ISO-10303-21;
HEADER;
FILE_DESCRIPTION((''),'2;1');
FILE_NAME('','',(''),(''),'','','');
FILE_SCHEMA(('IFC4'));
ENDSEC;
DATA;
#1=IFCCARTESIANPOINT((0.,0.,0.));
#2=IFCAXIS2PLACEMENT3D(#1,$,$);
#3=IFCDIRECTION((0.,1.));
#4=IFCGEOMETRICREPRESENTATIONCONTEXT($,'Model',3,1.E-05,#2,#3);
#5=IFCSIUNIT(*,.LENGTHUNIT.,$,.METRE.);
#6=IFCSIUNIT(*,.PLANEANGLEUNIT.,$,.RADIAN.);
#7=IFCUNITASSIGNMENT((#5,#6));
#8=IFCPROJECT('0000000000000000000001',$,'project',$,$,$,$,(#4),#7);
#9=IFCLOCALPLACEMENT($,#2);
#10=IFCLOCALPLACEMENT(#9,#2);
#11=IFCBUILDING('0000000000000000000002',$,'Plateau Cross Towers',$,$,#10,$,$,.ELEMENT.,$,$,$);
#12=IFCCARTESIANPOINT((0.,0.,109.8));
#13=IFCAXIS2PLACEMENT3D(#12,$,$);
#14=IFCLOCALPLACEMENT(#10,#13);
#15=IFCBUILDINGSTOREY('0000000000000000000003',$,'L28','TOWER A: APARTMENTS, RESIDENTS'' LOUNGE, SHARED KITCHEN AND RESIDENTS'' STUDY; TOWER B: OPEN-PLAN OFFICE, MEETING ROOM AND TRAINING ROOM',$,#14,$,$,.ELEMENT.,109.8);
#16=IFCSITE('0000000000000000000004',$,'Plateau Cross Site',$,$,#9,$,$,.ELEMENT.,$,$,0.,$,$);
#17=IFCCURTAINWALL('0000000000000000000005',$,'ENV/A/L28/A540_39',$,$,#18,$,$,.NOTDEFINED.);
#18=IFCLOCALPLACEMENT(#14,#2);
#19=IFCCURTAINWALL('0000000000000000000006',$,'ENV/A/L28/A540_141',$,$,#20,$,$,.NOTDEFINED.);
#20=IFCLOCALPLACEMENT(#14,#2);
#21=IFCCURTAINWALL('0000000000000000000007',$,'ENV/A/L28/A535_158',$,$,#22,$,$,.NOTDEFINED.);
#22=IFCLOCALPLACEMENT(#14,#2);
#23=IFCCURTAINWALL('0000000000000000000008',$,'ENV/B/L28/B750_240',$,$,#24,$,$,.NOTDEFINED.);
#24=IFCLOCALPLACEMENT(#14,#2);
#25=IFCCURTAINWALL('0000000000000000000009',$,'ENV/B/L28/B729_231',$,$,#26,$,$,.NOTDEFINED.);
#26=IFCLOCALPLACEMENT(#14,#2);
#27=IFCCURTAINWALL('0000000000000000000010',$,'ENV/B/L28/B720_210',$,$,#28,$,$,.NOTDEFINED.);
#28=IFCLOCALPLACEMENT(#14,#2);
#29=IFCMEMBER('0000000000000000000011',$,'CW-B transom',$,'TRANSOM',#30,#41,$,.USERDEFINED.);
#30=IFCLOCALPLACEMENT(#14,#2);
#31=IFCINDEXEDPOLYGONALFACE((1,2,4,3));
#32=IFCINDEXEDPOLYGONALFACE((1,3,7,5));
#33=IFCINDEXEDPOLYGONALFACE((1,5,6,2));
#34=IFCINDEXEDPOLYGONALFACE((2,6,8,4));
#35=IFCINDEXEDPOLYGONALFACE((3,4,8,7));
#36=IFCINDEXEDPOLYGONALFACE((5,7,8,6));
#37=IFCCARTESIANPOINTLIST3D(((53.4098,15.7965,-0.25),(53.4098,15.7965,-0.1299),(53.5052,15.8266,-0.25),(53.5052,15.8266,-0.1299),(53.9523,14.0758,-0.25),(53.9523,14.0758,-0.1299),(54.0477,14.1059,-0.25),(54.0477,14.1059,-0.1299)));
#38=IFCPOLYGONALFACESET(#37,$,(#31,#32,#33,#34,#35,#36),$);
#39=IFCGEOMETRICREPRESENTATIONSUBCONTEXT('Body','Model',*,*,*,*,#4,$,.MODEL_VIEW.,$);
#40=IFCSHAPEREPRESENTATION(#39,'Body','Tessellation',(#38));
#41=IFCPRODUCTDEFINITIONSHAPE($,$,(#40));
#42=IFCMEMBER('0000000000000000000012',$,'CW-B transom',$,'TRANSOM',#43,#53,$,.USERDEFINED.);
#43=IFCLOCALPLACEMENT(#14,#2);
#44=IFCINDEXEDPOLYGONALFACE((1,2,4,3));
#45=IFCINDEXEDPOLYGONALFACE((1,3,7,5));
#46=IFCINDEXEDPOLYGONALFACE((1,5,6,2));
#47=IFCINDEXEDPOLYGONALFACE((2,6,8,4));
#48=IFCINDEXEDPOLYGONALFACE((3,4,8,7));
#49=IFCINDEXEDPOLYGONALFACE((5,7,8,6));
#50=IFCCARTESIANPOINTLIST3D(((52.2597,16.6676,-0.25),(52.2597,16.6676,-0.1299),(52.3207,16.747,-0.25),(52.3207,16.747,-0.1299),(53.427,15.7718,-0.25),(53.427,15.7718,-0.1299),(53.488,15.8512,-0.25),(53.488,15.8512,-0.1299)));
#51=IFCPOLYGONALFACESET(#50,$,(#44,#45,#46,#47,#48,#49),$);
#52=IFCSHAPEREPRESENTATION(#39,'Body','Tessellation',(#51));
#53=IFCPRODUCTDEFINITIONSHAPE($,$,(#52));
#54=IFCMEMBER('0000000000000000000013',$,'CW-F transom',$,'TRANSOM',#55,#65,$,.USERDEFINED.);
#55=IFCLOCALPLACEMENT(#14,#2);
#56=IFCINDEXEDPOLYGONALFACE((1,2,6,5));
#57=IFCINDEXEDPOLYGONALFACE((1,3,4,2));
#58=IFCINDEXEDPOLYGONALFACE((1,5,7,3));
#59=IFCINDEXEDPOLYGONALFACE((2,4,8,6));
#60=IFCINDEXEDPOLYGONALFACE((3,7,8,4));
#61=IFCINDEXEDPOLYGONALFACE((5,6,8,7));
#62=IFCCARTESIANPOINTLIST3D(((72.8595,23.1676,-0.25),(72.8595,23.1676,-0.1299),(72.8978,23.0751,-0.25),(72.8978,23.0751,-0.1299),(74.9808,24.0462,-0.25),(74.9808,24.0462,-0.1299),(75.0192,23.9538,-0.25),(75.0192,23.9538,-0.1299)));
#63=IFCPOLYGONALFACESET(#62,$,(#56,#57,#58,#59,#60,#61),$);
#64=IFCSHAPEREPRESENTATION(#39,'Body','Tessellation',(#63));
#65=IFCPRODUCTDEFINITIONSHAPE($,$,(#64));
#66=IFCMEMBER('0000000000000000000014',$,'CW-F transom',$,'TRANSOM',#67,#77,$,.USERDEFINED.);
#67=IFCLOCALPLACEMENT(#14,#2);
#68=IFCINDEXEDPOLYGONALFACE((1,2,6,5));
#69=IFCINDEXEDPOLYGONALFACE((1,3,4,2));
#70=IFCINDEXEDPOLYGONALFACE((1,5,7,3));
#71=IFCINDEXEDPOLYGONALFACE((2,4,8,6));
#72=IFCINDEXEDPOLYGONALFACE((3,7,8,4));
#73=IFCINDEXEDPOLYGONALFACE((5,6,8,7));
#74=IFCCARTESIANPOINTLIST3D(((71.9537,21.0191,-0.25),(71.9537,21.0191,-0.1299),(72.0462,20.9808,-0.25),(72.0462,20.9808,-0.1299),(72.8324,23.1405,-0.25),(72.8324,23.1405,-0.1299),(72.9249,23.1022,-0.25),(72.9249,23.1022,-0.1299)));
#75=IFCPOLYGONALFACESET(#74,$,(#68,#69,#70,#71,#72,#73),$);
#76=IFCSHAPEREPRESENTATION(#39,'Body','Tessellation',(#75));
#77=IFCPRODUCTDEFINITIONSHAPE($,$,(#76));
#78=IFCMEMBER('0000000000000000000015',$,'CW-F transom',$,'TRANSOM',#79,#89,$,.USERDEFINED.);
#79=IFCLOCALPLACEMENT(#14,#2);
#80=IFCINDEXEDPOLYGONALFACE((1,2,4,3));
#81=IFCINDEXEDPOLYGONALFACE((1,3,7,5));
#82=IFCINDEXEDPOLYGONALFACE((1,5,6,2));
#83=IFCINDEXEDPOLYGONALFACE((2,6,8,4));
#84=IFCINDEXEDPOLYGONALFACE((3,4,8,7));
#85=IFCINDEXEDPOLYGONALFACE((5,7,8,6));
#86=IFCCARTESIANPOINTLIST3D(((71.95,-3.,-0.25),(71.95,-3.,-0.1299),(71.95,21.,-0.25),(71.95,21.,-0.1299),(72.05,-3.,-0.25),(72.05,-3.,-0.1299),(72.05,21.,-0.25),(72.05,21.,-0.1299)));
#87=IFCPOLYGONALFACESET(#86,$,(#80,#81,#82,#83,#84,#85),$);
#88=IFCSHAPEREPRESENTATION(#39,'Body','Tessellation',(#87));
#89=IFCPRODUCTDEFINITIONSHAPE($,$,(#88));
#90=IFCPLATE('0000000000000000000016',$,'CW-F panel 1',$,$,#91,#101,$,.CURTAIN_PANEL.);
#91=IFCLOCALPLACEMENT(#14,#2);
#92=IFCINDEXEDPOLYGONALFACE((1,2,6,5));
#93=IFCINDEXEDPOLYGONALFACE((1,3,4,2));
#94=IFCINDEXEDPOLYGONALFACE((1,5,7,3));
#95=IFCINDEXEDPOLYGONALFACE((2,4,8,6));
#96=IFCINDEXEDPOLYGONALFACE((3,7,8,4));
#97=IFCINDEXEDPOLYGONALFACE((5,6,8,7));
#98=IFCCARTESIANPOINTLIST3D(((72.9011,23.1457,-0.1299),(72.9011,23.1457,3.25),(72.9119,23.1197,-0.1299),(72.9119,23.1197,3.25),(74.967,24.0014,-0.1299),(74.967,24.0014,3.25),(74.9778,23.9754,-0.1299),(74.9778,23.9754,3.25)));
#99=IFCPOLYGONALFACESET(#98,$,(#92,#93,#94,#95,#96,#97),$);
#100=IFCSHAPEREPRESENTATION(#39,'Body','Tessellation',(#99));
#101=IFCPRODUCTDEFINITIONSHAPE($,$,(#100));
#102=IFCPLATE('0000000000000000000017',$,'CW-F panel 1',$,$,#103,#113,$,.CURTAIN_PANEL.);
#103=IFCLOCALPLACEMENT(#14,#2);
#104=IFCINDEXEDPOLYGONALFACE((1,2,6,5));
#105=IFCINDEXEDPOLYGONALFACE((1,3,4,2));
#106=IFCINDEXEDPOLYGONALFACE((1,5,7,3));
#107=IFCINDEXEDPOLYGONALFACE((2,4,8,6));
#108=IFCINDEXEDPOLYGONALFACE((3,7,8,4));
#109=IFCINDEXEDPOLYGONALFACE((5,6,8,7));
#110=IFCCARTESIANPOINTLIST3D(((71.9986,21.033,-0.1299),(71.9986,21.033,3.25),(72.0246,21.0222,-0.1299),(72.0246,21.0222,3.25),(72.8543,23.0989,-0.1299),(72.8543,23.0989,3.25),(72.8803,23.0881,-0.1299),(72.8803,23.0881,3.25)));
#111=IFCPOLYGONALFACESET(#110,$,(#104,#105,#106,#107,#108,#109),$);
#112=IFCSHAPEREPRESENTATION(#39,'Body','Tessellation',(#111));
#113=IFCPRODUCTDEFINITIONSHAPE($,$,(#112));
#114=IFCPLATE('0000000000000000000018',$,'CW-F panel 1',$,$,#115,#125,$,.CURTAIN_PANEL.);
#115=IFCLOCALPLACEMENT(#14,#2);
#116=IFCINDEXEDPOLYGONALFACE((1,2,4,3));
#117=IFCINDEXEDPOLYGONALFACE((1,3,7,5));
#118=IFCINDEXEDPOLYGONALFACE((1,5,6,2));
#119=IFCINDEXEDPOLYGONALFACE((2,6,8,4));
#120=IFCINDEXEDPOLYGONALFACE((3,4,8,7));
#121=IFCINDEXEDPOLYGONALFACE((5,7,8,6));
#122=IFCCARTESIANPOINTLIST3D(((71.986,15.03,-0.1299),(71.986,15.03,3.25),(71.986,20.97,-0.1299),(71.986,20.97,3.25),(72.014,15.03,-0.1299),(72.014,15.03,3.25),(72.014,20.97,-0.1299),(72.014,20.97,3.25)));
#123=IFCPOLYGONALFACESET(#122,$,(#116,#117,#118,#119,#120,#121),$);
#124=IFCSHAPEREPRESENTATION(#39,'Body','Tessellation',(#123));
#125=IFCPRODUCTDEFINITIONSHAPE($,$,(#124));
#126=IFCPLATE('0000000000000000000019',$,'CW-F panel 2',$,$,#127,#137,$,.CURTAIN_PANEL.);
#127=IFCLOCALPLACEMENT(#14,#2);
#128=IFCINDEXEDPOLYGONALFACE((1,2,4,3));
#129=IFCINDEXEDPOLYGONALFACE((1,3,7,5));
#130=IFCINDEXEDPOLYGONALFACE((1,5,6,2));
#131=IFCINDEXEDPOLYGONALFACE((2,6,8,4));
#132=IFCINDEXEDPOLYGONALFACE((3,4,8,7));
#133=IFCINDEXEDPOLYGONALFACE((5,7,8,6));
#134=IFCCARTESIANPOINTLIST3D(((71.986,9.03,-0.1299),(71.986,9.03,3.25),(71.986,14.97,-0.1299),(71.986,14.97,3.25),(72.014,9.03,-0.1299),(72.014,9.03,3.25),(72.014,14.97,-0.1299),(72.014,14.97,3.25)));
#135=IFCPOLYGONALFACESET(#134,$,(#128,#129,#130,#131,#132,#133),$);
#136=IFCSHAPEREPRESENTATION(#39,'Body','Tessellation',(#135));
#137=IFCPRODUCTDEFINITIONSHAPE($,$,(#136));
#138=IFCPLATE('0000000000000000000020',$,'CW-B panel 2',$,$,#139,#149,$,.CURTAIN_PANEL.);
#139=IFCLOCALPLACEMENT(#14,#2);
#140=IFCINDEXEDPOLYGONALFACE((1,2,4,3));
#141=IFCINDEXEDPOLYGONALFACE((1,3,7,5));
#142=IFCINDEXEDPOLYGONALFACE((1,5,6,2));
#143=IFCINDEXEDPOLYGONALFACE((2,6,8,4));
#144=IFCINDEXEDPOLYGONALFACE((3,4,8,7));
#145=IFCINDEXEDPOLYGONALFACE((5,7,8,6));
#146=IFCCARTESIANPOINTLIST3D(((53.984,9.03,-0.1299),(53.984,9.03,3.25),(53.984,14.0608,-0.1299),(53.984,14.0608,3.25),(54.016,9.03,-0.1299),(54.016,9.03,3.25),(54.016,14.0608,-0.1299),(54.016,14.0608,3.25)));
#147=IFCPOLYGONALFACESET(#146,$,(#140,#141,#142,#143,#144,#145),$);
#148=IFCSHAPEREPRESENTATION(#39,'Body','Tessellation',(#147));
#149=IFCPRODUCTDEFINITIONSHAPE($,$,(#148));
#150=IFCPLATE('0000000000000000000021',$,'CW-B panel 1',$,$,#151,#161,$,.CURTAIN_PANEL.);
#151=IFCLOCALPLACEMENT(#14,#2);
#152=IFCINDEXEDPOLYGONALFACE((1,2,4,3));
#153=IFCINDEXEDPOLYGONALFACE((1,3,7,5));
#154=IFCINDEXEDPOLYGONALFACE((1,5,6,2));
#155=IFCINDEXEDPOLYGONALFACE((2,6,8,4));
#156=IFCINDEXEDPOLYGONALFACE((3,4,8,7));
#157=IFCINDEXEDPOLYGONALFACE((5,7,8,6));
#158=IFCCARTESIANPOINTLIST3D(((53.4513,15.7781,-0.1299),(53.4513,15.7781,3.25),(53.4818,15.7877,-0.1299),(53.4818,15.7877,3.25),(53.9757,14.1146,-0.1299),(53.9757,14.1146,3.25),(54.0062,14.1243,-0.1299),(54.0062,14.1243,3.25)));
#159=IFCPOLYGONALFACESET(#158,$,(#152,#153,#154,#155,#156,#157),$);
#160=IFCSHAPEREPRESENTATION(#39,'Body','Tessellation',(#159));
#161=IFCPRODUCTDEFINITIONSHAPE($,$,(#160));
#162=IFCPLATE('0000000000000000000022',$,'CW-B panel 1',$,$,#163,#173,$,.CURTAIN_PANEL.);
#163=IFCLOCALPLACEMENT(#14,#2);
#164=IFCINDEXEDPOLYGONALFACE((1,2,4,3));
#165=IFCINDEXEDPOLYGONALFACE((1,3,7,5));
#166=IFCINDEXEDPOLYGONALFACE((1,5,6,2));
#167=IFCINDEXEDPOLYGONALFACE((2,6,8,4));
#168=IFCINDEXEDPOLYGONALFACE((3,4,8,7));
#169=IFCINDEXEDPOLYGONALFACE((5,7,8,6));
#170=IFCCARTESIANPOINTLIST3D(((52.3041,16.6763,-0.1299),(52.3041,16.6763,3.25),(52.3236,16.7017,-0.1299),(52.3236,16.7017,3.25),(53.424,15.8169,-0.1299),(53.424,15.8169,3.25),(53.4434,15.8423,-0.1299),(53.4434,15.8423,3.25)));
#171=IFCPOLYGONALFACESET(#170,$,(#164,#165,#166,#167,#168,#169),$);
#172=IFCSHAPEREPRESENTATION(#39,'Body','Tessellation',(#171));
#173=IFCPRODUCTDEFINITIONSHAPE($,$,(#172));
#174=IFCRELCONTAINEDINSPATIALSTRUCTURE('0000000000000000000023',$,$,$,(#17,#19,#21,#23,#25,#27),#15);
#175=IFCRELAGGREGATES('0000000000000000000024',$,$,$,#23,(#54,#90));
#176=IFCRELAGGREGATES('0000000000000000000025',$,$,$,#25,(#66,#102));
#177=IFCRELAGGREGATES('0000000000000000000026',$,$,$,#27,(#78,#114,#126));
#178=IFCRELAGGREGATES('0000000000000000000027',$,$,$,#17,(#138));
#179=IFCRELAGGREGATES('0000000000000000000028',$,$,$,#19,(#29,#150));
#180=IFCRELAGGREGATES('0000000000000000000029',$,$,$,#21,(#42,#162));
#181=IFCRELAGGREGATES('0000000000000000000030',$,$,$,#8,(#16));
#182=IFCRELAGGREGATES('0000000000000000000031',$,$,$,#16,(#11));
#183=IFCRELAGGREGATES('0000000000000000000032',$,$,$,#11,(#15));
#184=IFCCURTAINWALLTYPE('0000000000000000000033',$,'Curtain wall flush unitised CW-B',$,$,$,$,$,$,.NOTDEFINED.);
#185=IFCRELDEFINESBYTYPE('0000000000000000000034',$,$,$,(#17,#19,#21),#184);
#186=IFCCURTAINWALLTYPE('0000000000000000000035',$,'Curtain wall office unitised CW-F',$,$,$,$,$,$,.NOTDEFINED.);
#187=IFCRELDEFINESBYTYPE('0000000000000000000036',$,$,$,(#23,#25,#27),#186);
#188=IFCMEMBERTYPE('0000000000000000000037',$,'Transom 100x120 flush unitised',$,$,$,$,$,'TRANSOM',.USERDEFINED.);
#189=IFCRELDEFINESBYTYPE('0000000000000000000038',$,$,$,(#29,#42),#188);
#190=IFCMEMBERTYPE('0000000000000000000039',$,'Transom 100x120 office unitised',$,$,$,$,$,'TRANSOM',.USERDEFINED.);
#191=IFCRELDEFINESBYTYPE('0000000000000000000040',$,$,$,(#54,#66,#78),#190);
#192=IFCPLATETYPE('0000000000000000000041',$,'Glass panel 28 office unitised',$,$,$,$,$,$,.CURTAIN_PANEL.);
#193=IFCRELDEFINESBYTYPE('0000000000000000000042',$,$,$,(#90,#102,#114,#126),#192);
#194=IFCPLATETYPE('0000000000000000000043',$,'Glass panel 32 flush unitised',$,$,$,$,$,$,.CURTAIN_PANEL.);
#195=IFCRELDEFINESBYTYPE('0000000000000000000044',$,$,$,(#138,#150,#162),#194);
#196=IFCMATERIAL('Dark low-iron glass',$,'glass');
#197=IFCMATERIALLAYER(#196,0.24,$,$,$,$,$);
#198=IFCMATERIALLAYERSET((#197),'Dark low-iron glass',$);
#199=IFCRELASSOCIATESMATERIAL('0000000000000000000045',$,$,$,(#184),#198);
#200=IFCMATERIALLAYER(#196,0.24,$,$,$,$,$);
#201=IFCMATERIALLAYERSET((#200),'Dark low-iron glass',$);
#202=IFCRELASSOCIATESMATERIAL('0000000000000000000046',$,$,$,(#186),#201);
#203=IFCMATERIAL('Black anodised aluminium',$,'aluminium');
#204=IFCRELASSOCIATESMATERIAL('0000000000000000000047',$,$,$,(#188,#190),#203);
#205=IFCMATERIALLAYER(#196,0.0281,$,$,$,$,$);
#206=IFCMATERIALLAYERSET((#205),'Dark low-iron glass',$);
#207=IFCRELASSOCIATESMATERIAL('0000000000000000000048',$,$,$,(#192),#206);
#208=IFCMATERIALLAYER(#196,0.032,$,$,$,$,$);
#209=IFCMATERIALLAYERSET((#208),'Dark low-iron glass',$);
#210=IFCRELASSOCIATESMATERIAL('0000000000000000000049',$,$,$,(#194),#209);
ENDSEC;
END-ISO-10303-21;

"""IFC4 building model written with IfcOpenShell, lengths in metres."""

from ifc_helpers import new_model, si_unit, direction, frame, origin, origin_2d, place, context, subcontext, project, spatial, rectangle, extrude, material, layer, layer_set, material_profile, profile_set, type_object, element, aggregate, save


model = new_model("IFC4")

# Units and contexts
model_context = context("Model", 3, precision=1e-05, world=origin(), true_north=direction((0.0, 1.0)))
body_context = subcontext(model_context, "Body", "Model", "MODEL_VIEW")
ifc_project = project(units=[si_unit("LENGTHUNIT", "METRE"), si_unit("PLANEANGLEUNIT", "RADIAN")], contexts=[model_context])

# Site, building, storey
site_placement = place(None, origin())
site = spatial("IfcSite", under=ifc_project, at=site_placement, Name="Plateau Cross Site", CompositionType="ELEMENT", RefElevation=0.0)
building_placement = place(site_placement, origin())
building = spatial("IfcBuilding", under=site, at=building_placement, Name="Plateau Cross Towers", CompositionType="ELEMENT")
storey_placement = place(building_placement, frame((0.0, 0.0, 109.8)))
storey = spatial("IfcBuildingStorey", under=building, at=storey_placement, Name="L28", Description="TOWER A: APARTMENTS, RESIDENTS' LOUNGE, SHARED KITCHEN AND RESIDENTS' STUDY; TOWER B: OPEN-PLAN OFFICE, MEETING ROOM AND TRAINING ROOM", CompositionType="ELEMENT", Elevation=109.8)

# Curtain walls
ifc_material_1 = material(Name="Dark low-iron glass", Category="glass")
ifc_layer_1 = layer(ifc_material_1, 0.24)
ifc_layer_set_1 = layer_set([ifc_layer_1], Name="Dark low-iron glass")
curtain_wall_type_1 = type_object("IfcCurtainWallType", Name="Curtain wall flush unitised CW-B", PredefinedType="NOTDEFINED", material=ifc_layer_set_1)
curtain_wall_1_placement = place(storey_placement, origin())
curtain_wall_1 = element("IfcCurtainWall", 1, at=curtain_wall_1_placement, inside=storey, type_object=curtain_wall_type_1, Name="ENV/A/L28/A540_39", PredefinedType="NOTDEFINED")
ifc_material_2 = material(Name="Black anodised aluminium", Category="aluminium")
curtain_wall_2_placement = place(storey_placement, origin())
curtain_wall_2 = element("IfcCurtainWall", 2, at=curtain_wall_2_placement, inside=storey, type_object=curtain_wall_type_1, Name="ENV/A/L28/A540_141", PredefinedType="NOTDEFINED")

# Curtain wall
curtain_wall_3_placement = place(storey_placement, origin())
curtain_wall_3 = element("IfcCurtainWall", 3, at=curtain_wall_3_placement, inside=storey, type_object=curtain_wall_type_1, Name="ENV/A/L28/A535_158", PredefinedType="NOTDEFINED")

# Curtain walls
ifc_layer_2 = layer(ifc_material_1, 0.24)
ifc_layer_set_2 = layer_set([ifc_layer_2], Name="Dark low-iron glass")
curtain_wall_type_2 = type_object("IfcCurtainWallType", Name="Curtain wall office unitised CW-F", PredefinedType="NOTDEFINED", material=ifc_layer_set_2)
curtain_wall_4_placement = place(storey_placement, origin())
curtain_wall_4 = element("IfcCurtainWall", 4, at=curtain_wall_4_placement, inside=storey, type_object=curtain_wall_type_2, Name="ENV/B/L28/B750_240", PredefinedType="NOTDEFINED")
curtain_wall_5_placement = place(storey_placement, origin())
curtain_wall_5 = element("IfcCurtainWall", 5, at=curtain_wall_5_placement, inside=storey, type_object=curtain_wall_type_2, Name="ENV/B/L28/B729_231", PredefinedType="NOTDEFINED")

# Curtain wall
curtain_wall_6_placement = place(storey_placement, origin())
curtain_wall_6 = element("IfcCurtainWall", 6, at=curtain_wall_6_placement, inside=storey, type_object=curtain_wall_type_2, Name="ENV/B/L28/B720_210", PredefinedType="NOTDEFINED")

# Members
ifc_material_profile_1 = material_profile(ifc_material_2, rectangle(XDim=0.1001, YDim=0.1201, at=origin_2d()), Name="TRANSOM 100x120")
ifc_profile_set_1 = profile_set([ifc_material_profile_1], Name="Black anodised aluminium")
member_type_1 = type_object("IfcMemberType", Name="Transom 100x120 flush unitised", ElementType="TRANSOM", PredefinedType="USERDEFINED", material=ifc_profile_set_1)
member_1_placement = place(storey_placement, frame((54.0, 14.0908, -0.1899), z_axis=(-0.300678, 0.953726, 0.0), x_axis=(-0.953726, -0.300678, 0.0)))
member_1 = element("IfcMember", 7, at=member_1_placement, type_object=member_type_1, Name="CW-B transom", ObjectType="TRANSOM", PredefinedType="USERDEFINED", context=body_context, shape_type="SweptSolid", body=[
    extrude(rectangle(XDim=0.1001, YDim=0.1201, at=origin_2d()), origin(), (0.0, 0.0, 1.0), 1.8042),
])
member_2_placement = place(storey_placement, frame((53.4575, 15.8115, -0.1899), z_axis=(-0.793321, 0.608804, 0.0), x_axis=(-0.608804, -0.793321, 0.0)))
member_2 = element("IfcMember", 8, at=member_2_placement, type_object=member_type_1, Name="CW-B transom", ObjectType="TRANSOM", PredefinedType="USERDEFINED", context=body_context, shape_type="SweptSolid", body=[
    extrude(rectangle(XDim=0.1001, YDim=0.1201, at=origin_2d()), origin(), (0.0, 0.0, 1.0), 1.4714),
])
ifc_material_profile_2 = material_profile(ifc_material_2, rectangle(XDim=0.1001, YDim=0.1201, at=origin_2d()), Name="TRANSOM 100x120")
ifc_profile_set_2 = profile_set([ifc_material_profile_2], Name="Black anodised aluminium")
member_type_2 = type_object("IfcMemberType", Name="Transom 100x120 office unitised", ElementType="TRANSOM", PredefinedType="USERDEFINED", material=ifc_profile_set_2)
member_3_placement = place(storey_placement, frame((75.0, 24.0, -0.1899), z_axis=(-0.923883, -0.382674, 0.0), x_axis=(0.382674, -0.923883, 0.0)))
member_3 = element("IfcMember", 9, at=member_3_placement, type_object=member_type_2, Name="CW-F transom", ObjectType="TRANSOM", PredefinedType="USERDEFINED", context=body_context, shape_type="SweptSolid", body=[
    extrude(rectangle(XDim=0.1001, YDim=0.1201, at=origin_2d()), origin(), (0.0, 0.0, 1.0), 2.2961),
])
member_4_placement = place(storey_placement, frame((72.8787, 23.1213, -0.1899), z_axis=(-0.382674, -0.923883, 0.0), x_axis=(0.923883, -0.382674, 0.0)))
member_4 = element("IfcMember", 10, at=member_4_placement, type_object=member_type_2, Name="CW-F transom", ObjectType="TRANSOM", PredefinedType="USERDEFINED", context=body_context, shape_type="SweptSolid", body=[
    extrude(rectangle(XDim=0.1001, YDim=0.1201, at=origin_2d()), origin(), (0.0, 0.0, 1.0), 2.2961),
])
member_5_placement = place(storey_placement, frame((72.0, 21.0, -0.1899), z_axis=(0.0, -1.0, 0.0), x_axis=(1.0, 0.0, 0.0)))
member_5 = element("IfcMember", 11, at=member_5_placement, type_object=member_type_2, Name="CW-F transom", ObjectType="TRANSOM", PredefinedType="USERDEFINED", context=body_context, shape_type="SweptSolid", body=[
    extrude(rectangle(XDim=0.1001, YDim=0.1201, at=origin_2d()), origin(), (0.0, 0.0, 1.0), 24.0),
])

# Plates
ifc_layer_3 = layer(ifc_material_1, 0.0281)
ifc_layer_set_3 = layer_set([ifc_layer_3], Name="Dark low-iron glass")
plate_type_1 = type_object("IfcPlateType", Name="Glass panel 28 office unitised", PredefinedType="CURTAIN_PANEL", material=ifc_layer_set_3)
plate_1_placement = place(storey_placement, frame((73.9395, 23.5605, -0.1299), z_axis=(0.0, 0.0, 1.0), x_axis=(-0.923879, -0.382684, 0.0)))
plate_1 = element("IfcPlate", 12, at=plate_1_placement, type_object=plate_type_1, Name="CW-F panel 1", PredefinedType="CURTAIN_PANEL", context=body_context, shape_type="SweptSolid", body=[
    extrude(rectangle(XDim=2.2361, YDim=0.0281, at=origin_2d()), origin(), (0.0, 0.0, 1.0), 3.3799),
])
aggregate(curtain_wall_4, [member_3, plate_1])
plate_2_placement = place(storey_placement, frame((72.4395, 22.0605, -0.1299), z_axis=(0.0, 0.0, 1.0), x_axis=(-0.382684, -0.923879, 0.0)))
plate_2 = element("IfcPlate", 13, at=plate_2_placement, type_object=plate_type_1, Name="CW-F panel 1", PredefinedType="CURTAIN_PANEL", context=body_context, shape_type="SweptSolid", body=[
    extrude(rectangle(XDim=2.2361, YDim=0.0281, at=origin_2d()), origin(), (0.0, 0.0, 1.0), 3.3799),
])
aggregate(curtain_wall_5, [member_4, plate_2])
plate_3_placement = place(storey_placement, frame((72.0, 18.0, -0.1299), z_axis=(0.0, 0.0, 1.0), x_axis=(0.0, -1.0, 0.0)))
plate_3 = element("IfcPlate", 14, at=plate_3_placement, type_object=plate_type_1, Name="CW-F panel 1", PredefinedType="CURTAIN_PANEL", context=body_context, shape_type="SweptSolid", body=[
    extrude(rectangle(XDim=5.9399, YDim=0.0281, at=origin_2d()), origin(), (0.0, 0.0, 1.0), 3.3799),
])
plate_4_placement = place(storey_placement, frame((72.0, 12.0, -0.1299), z_axis=(0.0, 0.0, 1.0), x_axis=(0.0, -1.0, 0.0)))
plate_4 = element("IfcPlate", 15, at=plate_4_placement, type_object=plate_type_1, Name="CW-F panel 2", PredefinedType="CURTAIN_PANEL", context=body_context, shape_type="SweptSolid", body=[
    extrude(rectangle(XDim=5.9399, YDim=0.0281, at=origin_2d()), origin(), (0.0, 0.0, 1.0), 3.3799),
])
aggregate(curtain_wall_6, [member_5, plate_3, plate_4])
ifc_layer_4 = layer(ifc_material_1, 0.032)
ifc_layer_set_4 = layer_set([ifc_layer_4], Name="Dark low-iron glass")
plate_type_2 = type_object("IfcPlateType", Name="Glass panel 32 flush unitised", PredefinedType="CURTAIN_PANEL", material=ifc_layer_set_4)
plate_5_placement = place(storey_placement, frame((54.0, 11.5454, -0.1299), z_axis=(0.0, 0.0, 1.0), x_axis=(0.0, 1.0, 0.0)))
plate_5 = element("IfcPlate", 16, at=plate_5_placement, type_object=plate_type_2, Name="CW-B panel 2", PredefinedType="CURTAIN_PANEL", context=body_context, shape_type="SweptSolid", body=[
    extrude(rectangle(XDim=5.0308, YDim=0.032, at=origin_2d()), origin(), (0.0, 0.0, 1.0), 3.3799),
])
aggregate(curtain_wall_1, [plate_5])
plate_6_placement = place(storey_placement, frame((53.7288, 14.9512, -0.1299), z_axis=(0.0, 0.0, 1.0), x_axis=(-0.300686, 0.953723, 0.0)))
plate_6 = element("IfcPlate", 17, at=plate_6_placement, type_object=plate_type_2, Name="CW-B panel 1", PredefinedType="CURTAIN_PANEL", context=body_context, shape_type="SweptSolid", body=[
    extrude(rectangle(XDim=1.7441, YDim=0.032, at=origin_2d()), origin(), (0.0, 0.0, 1.0), 3.3799),
])
aggregate(curtain_wall_2, [member_1, plate_6])
plate_7_placement = place(storey_placement, frame((52.8738, 16.2593, -0.1299), z_axis=(0.0, 0.0, 1.0), x_axis=(-0.793316, 0.608811, 0.0)))
plate_7 = element("IfcPlate", 18, at=plate_7_placement, type_object=plate_type_2, Name="CW-B panel 1", PredefinedType="CURTAIN_PANEL", context=body_context, shape_type="SweptSolid", body=[
    extrude(rectangle(XDim=1.4116, YDim=0.032, at=origin_2d()), origin(), (0.0, 0.0, 1.0), 3.3799),
])
aggregate(curtain_wall_3, [member_2, plate_7])

save(model, "model.ifc")
